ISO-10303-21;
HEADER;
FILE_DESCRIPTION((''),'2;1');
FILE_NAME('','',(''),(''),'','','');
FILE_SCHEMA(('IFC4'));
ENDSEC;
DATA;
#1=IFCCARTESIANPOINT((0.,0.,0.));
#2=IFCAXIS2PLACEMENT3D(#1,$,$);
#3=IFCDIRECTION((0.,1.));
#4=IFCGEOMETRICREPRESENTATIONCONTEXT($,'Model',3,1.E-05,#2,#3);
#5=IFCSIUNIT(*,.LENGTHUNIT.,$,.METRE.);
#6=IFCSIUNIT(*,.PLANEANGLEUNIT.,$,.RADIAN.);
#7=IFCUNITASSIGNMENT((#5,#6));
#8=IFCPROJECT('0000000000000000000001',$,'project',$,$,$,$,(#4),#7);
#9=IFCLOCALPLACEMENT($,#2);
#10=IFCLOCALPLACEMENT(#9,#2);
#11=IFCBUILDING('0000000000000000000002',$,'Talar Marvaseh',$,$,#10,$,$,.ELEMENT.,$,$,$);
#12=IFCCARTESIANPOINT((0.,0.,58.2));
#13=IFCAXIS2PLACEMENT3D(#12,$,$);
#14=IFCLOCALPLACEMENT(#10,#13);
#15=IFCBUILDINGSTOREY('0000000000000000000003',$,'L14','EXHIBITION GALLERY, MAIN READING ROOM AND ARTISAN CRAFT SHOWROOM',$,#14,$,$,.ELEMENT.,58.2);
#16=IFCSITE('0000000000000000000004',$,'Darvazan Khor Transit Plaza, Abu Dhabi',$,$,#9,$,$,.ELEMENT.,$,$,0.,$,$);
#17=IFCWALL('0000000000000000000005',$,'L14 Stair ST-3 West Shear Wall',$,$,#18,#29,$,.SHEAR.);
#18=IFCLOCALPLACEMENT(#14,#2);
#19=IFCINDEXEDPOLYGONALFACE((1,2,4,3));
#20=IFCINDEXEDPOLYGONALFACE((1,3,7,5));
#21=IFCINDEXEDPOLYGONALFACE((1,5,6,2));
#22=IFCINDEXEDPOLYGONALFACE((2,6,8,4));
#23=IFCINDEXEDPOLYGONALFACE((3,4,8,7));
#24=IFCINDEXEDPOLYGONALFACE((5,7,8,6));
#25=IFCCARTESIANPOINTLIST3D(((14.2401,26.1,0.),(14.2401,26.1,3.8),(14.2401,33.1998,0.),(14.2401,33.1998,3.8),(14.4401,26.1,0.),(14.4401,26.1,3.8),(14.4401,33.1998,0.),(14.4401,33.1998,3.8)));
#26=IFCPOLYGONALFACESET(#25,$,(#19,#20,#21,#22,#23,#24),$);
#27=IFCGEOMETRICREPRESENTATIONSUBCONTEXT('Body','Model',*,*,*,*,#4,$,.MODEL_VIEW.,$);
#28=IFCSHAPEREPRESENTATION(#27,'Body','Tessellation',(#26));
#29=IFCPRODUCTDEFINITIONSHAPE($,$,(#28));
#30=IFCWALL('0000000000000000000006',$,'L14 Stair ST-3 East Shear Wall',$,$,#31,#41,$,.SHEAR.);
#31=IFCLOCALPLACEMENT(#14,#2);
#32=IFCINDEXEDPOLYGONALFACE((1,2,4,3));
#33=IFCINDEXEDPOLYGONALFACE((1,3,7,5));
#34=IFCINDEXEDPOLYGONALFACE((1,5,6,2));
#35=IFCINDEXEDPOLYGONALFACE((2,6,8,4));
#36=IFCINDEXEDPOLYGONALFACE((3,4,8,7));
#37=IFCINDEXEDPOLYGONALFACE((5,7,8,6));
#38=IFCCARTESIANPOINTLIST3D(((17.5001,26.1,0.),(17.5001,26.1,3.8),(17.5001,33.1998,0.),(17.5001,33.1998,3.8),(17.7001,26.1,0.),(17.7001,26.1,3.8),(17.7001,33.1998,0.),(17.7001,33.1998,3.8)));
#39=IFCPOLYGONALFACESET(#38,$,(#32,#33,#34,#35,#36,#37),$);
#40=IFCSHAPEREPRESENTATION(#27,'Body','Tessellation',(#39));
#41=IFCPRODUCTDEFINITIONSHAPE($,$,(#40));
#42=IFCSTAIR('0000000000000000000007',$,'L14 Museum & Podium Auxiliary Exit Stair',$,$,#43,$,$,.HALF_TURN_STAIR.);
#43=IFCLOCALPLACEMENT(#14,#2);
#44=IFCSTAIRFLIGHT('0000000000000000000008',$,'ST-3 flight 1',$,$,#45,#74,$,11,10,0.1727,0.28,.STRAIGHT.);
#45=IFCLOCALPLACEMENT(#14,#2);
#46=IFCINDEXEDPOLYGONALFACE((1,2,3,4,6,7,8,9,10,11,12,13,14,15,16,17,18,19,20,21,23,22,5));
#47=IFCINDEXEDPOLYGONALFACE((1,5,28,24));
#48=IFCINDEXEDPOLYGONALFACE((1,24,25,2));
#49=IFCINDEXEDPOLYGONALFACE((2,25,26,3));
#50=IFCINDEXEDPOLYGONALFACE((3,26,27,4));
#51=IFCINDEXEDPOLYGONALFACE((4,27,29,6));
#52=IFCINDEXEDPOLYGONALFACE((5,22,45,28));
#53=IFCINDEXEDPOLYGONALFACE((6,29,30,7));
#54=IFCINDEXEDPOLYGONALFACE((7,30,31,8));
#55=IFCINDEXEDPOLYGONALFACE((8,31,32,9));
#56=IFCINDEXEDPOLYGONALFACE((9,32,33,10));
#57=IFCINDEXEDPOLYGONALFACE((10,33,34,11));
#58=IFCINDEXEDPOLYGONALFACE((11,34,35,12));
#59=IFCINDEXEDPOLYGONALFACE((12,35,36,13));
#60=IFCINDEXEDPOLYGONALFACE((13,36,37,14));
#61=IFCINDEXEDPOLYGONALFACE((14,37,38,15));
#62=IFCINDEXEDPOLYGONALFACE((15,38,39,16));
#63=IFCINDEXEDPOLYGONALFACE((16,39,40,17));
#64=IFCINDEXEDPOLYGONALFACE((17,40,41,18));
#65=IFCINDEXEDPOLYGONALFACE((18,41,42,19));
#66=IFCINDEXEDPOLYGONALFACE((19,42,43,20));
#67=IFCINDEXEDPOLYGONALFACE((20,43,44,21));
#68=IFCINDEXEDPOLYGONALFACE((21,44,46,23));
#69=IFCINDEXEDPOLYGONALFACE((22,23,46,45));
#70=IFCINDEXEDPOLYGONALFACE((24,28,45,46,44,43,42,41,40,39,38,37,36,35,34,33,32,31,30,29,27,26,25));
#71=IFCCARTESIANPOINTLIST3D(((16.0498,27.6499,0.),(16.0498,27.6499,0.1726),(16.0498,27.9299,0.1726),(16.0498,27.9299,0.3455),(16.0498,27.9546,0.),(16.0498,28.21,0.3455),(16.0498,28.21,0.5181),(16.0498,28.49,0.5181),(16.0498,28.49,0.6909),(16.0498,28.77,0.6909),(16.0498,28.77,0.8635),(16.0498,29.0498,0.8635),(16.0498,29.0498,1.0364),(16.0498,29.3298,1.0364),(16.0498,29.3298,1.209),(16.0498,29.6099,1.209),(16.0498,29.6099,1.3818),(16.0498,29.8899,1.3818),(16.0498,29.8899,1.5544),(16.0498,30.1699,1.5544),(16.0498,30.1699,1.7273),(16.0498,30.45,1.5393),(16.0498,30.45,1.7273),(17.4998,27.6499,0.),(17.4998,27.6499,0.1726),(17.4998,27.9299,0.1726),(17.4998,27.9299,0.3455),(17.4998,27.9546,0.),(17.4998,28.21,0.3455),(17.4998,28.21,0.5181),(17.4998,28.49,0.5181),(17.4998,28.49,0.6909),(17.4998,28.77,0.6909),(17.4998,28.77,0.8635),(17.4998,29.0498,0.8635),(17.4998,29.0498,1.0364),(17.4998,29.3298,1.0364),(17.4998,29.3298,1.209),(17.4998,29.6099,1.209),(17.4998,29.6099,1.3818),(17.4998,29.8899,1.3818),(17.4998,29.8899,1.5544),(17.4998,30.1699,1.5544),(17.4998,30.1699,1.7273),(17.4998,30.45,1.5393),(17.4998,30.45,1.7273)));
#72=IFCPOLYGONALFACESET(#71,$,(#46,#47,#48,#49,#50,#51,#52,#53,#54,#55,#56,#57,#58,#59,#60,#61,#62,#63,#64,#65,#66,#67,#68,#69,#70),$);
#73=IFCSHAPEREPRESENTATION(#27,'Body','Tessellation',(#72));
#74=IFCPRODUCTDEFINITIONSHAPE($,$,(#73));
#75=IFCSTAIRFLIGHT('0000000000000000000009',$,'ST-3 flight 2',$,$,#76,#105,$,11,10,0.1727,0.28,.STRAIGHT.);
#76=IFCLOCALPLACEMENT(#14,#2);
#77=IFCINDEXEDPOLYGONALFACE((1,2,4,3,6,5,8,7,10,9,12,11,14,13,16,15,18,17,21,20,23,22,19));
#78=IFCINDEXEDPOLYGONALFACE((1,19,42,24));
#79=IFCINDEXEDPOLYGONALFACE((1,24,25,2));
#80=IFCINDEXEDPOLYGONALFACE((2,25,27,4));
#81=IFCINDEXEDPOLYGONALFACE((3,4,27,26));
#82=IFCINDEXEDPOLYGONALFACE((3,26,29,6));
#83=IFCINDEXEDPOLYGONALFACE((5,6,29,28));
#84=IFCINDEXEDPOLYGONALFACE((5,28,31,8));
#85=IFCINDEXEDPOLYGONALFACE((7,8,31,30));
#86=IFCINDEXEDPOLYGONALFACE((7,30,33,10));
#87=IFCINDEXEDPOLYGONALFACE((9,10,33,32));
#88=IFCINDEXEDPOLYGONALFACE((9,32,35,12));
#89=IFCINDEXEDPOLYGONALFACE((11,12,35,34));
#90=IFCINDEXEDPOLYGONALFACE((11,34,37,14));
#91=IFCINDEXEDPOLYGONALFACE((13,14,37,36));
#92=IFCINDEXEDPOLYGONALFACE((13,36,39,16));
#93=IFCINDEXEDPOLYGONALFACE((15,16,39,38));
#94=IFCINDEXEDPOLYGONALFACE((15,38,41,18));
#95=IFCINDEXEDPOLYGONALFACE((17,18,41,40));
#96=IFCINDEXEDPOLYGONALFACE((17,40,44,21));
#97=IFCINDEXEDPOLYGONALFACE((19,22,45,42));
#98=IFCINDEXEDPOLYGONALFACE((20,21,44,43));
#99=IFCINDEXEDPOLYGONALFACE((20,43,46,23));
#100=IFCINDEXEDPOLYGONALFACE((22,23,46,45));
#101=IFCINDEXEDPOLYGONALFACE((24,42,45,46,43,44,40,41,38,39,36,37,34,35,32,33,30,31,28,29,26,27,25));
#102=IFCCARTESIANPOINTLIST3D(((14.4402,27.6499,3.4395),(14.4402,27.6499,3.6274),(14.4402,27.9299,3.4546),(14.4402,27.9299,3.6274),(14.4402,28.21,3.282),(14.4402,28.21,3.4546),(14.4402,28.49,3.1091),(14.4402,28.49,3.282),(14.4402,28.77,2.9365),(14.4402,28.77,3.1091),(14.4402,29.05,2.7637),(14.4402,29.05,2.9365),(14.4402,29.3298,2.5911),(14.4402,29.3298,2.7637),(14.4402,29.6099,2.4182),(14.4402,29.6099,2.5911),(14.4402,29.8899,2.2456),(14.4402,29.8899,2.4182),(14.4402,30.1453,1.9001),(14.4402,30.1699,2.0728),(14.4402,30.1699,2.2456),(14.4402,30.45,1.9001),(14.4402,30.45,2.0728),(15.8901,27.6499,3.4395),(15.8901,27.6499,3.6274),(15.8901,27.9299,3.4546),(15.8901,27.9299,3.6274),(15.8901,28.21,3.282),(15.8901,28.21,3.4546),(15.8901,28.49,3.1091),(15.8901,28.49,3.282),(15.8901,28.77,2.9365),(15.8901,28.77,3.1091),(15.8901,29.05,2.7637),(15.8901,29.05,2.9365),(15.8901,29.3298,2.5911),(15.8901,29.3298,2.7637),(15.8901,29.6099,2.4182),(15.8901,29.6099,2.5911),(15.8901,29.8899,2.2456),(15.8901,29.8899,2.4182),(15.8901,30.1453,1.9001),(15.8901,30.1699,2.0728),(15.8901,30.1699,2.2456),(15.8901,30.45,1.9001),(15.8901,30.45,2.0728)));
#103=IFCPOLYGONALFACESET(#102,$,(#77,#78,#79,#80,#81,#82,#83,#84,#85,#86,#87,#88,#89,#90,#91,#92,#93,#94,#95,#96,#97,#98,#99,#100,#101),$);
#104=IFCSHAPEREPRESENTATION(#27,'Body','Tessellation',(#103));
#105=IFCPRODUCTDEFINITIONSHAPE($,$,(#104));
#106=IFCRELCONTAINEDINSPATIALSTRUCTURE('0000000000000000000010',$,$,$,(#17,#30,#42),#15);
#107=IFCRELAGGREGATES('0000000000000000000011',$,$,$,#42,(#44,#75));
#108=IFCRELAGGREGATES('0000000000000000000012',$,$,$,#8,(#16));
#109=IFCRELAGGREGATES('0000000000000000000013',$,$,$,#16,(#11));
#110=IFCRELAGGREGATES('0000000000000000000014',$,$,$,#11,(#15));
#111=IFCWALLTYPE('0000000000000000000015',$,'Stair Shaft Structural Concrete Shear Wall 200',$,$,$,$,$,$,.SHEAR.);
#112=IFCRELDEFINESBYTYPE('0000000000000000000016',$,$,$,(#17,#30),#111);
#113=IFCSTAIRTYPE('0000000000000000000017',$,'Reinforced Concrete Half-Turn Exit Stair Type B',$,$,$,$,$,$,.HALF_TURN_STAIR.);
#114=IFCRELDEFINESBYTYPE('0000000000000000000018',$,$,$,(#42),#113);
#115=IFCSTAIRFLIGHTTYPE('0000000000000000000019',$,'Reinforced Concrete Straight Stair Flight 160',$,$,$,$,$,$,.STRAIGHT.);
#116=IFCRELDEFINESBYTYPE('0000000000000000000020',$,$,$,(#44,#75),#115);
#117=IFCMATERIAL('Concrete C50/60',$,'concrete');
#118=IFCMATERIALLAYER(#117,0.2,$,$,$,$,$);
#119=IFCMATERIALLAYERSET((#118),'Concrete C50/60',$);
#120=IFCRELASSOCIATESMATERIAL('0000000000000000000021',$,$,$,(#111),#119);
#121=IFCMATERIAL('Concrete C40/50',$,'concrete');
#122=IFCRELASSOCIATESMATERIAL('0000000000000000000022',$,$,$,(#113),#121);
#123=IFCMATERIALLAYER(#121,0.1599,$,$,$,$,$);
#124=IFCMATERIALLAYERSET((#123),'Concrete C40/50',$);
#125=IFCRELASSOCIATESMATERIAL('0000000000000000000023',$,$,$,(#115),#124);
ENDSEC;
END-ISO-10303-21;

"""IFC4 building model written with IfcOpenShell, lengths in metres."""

from ifc_helpers import new_model, si_unit, direction, frame, frame_2d, origin, place, context, subcontext, project, spatial, polyline, rectangle, outline, extrude, material, layer, layer_set, type_object, element, aggregate, save


model = new_model("IFC4")

# Units and contexts
model_context = context("Model", 3, precision=1e-05, world=origin(), true_north=direction((0.0, 1.0)))
body_context = subcontext(model_context, "Body", "Model", "MODEL_VIEW")
ifc_project = project(units=[si_unit("LENGTHUNIT", "METRE"), si_unit("PLANEANGLEUNIT", "RADIAN")], contexts=[model_context])

# Site, building, storey
site_placement = place(None, origin())
site = spatial("IfcSite", under=ifc_project, at=site_placement, Name="Darvazan Khor Transit Plaza, Abu Dhabi", CompositionType="ELEMENT", RefElevation=0.0)
building_placement = place(site_placement, origin())
building = spatial("IfcBuilding", under=site, at=building_placement, Name="Talar Marvaseh", CompositionType="ELEMENT")
storey_placement = place(building_placement, frame((0.0, 0.0, 58.2)))
storey = spatial("IfcBuildingStorey", under=building, at=storey_placement, Name="L14", Description="EXHIBITION GALLERY, MAIN READING ROOM AND ARTISAN CRAFT SHOWROOM", CompositionType="ELEMENT", Elevation=58.2)

# Shared definitions
ifc_material_1 = material(Name="Concrete C40/50", Category="concrete")

# Shared definitions
ifc_material_2 = material(Name="Concrete C50/60", Category="concrete")
ifc_layer_1 = layer(ifc_material_2, 0.2)
ifc_layer_set_1 = layer_set([ifc_layer_1], Name="Concrete C50/60")
wall_type_1 = type_object("IfcWallType", Name="Stair Shaft Structural Concrete Shear Wall 200", PredefinedType="SHEAR", material=ifc_layer_set_1)

# Walls
for number, where, z_axis, x_axis, name in (
    (1, (14.3401, 26.1001, 0.0), (0.0, 0.0, 1.0), (0.0, 1.0, 0.0), "L14 Stair ST-3 West Shear Wall"),
    (2, (17.6001, 26.1001, 0.0), (0.0, 0.0, 1.0), (0.0, 1.0, 0.0), "L14 Stair ST-3 East Shear Wall"),
):
    element("IfcWall", number, at=place(storey_placement, frame(where, z_axis=z_axis, x_axis=x_axis)), inside=storey, type_object=wall_type_1, Name=name, PredefinedType="SHEAR", context=body_context, shape_type="SweptSolid", body=[
        extrude(rectangle(XDim=7.0999, YDim=0.2, at=frame_2d((3.5498, 0.0))), origin(), (0.0, 0.0, 1.0), 3.8),
    ])

# Stair, stair flights
stair_type = type_object("IfcStairType", Name="Reinforced Concrete Half-Turn Exit Stair Type B", PredefinedType="HALF_TURN_STAIR", material=ifc_material_1)
stair_placement = place(storey_placement, origin())
stair = element("IfcStair", 3, at=stair_placement, inside=storey, type_object=stair_type, Name="L14 Museum & Podium Auxiliary Exit Stair", PredefinedType="HALF_TURN_STAIR")
ifc_layer_2 = layer(ifc_material_1, 0.1599)
ifc_layer_set_2 = layer_set([ifc_layer_2], Name="Concrete C40/50")
stair_flight_type = type_object("IfcStairFlightType", Name="Reinforced Concrete Straight Stair Flight 160", PredefinedType="STRAIGHT", material=ifc_layer_set_2)
stair_flight_1_placement = place(storey_placement, frame((16.7749, 27.6499, 0.0), z_axis=(0.0, 0.0, 1.0), x_axis=(0.0, 1.0, 0.0)))
stair_flight_1 = element("IfcStairFlight", 4, at=stair_flight_1_placement, type_object=stair_flight_type, Name="ST-3 flight 1", NumberOfRisers=11, NumberOfTreads=10, PredefinedType="STRAIGHT", RiserHeight=0.1727, TreadLength=0.28, context=body_context, shape_type="SweptSolid", body=[
    extrude(outline(polyline([(0.0, 0.0), (0.0, 0.1726), (0.28, 0.1726), (0.28, 0.3455), (0.5601, 0.3455), (0.5601, 0.5181), (0.8401, 0.5181), (0.8401, 0.6909), (1.1201, 0.6909), (1.1201, 0.8635), (1.3999, 0.8635), (1.3999, 1.0364), (1.6799, 1.0364), (1.6799, 1.209), (1.96, 1.209), (1.96, 1.3818), (2.24, 1.3818), (2.24, 1.5544), (2.52, 1.5544), (2.52, 1.7273), (2.8, 1.7273), (2.8, 1.8999), (2.8, 1.5393), (0.3047, 0.0), (0.0, 0.0)])), frame((0.0, 0.7251, 0.0), z_axis=(0.0, -1.0, 0.0), x_axis=(1.0, 0.0, 0.0)), (0.0, 0.0, 1.0), 1.45),
])
stair_flight_2_placement = place(storey_placement, frame((15.165, 30.45, 1.9001), z_axis=(0.0, 0.0, 1.0), x_axis=(0.0, -1.0, 0.0)))
stair_flight_2 = element("IfcStairFlight", 5, at=stair_flight_2_placement, type_object=stair_flight_type, Name="ST-3 flight 2", NumberOfRisers=11, NumberOfTreads=10, PredefinedType="STRAIGHT", RiserHeight=0.1727, TreadLength=0.28, context=body_context, shape_type="SweptSolid", body=[
    extrude(outline(polyline([(0.0, 0.0), (0.0, 0.1726), (0.28, 0.1726), (0.28, 0.3455), (0.5601, 0.3455), (0.5601, 0.5181), (0.8401, 0.5181), (0.8401, 0.6909), (1.1201, 0.6909), (1.1201, 0.8635), (1.3999, 0.8635), (1.3999, 1.0364), (1.6799, 1.0364), (1.6799, 1.209), (1.96, 1.209), (1.96, 1.3818), (2.24, 1.3818), (2.24, 1.5544), (2.52, 1.5544), (2.52, 1.7273), (2.8, 1.7273), (2.8, 1.8999), (2.8, 1.5393), (0.3047, 0.0), (0.0, 0.0)])), frame((0.0, 0.7251, 0.0), z_axis=(0.0, -1.0, 0.0), x_axis=(1.0, 0.0, 0.0)), (0.0, 0.0, 1.0), 1.45),
])
aggregate(stair, [stair_flight_1, stair_flight_2])

save(model, "model.ifc")
